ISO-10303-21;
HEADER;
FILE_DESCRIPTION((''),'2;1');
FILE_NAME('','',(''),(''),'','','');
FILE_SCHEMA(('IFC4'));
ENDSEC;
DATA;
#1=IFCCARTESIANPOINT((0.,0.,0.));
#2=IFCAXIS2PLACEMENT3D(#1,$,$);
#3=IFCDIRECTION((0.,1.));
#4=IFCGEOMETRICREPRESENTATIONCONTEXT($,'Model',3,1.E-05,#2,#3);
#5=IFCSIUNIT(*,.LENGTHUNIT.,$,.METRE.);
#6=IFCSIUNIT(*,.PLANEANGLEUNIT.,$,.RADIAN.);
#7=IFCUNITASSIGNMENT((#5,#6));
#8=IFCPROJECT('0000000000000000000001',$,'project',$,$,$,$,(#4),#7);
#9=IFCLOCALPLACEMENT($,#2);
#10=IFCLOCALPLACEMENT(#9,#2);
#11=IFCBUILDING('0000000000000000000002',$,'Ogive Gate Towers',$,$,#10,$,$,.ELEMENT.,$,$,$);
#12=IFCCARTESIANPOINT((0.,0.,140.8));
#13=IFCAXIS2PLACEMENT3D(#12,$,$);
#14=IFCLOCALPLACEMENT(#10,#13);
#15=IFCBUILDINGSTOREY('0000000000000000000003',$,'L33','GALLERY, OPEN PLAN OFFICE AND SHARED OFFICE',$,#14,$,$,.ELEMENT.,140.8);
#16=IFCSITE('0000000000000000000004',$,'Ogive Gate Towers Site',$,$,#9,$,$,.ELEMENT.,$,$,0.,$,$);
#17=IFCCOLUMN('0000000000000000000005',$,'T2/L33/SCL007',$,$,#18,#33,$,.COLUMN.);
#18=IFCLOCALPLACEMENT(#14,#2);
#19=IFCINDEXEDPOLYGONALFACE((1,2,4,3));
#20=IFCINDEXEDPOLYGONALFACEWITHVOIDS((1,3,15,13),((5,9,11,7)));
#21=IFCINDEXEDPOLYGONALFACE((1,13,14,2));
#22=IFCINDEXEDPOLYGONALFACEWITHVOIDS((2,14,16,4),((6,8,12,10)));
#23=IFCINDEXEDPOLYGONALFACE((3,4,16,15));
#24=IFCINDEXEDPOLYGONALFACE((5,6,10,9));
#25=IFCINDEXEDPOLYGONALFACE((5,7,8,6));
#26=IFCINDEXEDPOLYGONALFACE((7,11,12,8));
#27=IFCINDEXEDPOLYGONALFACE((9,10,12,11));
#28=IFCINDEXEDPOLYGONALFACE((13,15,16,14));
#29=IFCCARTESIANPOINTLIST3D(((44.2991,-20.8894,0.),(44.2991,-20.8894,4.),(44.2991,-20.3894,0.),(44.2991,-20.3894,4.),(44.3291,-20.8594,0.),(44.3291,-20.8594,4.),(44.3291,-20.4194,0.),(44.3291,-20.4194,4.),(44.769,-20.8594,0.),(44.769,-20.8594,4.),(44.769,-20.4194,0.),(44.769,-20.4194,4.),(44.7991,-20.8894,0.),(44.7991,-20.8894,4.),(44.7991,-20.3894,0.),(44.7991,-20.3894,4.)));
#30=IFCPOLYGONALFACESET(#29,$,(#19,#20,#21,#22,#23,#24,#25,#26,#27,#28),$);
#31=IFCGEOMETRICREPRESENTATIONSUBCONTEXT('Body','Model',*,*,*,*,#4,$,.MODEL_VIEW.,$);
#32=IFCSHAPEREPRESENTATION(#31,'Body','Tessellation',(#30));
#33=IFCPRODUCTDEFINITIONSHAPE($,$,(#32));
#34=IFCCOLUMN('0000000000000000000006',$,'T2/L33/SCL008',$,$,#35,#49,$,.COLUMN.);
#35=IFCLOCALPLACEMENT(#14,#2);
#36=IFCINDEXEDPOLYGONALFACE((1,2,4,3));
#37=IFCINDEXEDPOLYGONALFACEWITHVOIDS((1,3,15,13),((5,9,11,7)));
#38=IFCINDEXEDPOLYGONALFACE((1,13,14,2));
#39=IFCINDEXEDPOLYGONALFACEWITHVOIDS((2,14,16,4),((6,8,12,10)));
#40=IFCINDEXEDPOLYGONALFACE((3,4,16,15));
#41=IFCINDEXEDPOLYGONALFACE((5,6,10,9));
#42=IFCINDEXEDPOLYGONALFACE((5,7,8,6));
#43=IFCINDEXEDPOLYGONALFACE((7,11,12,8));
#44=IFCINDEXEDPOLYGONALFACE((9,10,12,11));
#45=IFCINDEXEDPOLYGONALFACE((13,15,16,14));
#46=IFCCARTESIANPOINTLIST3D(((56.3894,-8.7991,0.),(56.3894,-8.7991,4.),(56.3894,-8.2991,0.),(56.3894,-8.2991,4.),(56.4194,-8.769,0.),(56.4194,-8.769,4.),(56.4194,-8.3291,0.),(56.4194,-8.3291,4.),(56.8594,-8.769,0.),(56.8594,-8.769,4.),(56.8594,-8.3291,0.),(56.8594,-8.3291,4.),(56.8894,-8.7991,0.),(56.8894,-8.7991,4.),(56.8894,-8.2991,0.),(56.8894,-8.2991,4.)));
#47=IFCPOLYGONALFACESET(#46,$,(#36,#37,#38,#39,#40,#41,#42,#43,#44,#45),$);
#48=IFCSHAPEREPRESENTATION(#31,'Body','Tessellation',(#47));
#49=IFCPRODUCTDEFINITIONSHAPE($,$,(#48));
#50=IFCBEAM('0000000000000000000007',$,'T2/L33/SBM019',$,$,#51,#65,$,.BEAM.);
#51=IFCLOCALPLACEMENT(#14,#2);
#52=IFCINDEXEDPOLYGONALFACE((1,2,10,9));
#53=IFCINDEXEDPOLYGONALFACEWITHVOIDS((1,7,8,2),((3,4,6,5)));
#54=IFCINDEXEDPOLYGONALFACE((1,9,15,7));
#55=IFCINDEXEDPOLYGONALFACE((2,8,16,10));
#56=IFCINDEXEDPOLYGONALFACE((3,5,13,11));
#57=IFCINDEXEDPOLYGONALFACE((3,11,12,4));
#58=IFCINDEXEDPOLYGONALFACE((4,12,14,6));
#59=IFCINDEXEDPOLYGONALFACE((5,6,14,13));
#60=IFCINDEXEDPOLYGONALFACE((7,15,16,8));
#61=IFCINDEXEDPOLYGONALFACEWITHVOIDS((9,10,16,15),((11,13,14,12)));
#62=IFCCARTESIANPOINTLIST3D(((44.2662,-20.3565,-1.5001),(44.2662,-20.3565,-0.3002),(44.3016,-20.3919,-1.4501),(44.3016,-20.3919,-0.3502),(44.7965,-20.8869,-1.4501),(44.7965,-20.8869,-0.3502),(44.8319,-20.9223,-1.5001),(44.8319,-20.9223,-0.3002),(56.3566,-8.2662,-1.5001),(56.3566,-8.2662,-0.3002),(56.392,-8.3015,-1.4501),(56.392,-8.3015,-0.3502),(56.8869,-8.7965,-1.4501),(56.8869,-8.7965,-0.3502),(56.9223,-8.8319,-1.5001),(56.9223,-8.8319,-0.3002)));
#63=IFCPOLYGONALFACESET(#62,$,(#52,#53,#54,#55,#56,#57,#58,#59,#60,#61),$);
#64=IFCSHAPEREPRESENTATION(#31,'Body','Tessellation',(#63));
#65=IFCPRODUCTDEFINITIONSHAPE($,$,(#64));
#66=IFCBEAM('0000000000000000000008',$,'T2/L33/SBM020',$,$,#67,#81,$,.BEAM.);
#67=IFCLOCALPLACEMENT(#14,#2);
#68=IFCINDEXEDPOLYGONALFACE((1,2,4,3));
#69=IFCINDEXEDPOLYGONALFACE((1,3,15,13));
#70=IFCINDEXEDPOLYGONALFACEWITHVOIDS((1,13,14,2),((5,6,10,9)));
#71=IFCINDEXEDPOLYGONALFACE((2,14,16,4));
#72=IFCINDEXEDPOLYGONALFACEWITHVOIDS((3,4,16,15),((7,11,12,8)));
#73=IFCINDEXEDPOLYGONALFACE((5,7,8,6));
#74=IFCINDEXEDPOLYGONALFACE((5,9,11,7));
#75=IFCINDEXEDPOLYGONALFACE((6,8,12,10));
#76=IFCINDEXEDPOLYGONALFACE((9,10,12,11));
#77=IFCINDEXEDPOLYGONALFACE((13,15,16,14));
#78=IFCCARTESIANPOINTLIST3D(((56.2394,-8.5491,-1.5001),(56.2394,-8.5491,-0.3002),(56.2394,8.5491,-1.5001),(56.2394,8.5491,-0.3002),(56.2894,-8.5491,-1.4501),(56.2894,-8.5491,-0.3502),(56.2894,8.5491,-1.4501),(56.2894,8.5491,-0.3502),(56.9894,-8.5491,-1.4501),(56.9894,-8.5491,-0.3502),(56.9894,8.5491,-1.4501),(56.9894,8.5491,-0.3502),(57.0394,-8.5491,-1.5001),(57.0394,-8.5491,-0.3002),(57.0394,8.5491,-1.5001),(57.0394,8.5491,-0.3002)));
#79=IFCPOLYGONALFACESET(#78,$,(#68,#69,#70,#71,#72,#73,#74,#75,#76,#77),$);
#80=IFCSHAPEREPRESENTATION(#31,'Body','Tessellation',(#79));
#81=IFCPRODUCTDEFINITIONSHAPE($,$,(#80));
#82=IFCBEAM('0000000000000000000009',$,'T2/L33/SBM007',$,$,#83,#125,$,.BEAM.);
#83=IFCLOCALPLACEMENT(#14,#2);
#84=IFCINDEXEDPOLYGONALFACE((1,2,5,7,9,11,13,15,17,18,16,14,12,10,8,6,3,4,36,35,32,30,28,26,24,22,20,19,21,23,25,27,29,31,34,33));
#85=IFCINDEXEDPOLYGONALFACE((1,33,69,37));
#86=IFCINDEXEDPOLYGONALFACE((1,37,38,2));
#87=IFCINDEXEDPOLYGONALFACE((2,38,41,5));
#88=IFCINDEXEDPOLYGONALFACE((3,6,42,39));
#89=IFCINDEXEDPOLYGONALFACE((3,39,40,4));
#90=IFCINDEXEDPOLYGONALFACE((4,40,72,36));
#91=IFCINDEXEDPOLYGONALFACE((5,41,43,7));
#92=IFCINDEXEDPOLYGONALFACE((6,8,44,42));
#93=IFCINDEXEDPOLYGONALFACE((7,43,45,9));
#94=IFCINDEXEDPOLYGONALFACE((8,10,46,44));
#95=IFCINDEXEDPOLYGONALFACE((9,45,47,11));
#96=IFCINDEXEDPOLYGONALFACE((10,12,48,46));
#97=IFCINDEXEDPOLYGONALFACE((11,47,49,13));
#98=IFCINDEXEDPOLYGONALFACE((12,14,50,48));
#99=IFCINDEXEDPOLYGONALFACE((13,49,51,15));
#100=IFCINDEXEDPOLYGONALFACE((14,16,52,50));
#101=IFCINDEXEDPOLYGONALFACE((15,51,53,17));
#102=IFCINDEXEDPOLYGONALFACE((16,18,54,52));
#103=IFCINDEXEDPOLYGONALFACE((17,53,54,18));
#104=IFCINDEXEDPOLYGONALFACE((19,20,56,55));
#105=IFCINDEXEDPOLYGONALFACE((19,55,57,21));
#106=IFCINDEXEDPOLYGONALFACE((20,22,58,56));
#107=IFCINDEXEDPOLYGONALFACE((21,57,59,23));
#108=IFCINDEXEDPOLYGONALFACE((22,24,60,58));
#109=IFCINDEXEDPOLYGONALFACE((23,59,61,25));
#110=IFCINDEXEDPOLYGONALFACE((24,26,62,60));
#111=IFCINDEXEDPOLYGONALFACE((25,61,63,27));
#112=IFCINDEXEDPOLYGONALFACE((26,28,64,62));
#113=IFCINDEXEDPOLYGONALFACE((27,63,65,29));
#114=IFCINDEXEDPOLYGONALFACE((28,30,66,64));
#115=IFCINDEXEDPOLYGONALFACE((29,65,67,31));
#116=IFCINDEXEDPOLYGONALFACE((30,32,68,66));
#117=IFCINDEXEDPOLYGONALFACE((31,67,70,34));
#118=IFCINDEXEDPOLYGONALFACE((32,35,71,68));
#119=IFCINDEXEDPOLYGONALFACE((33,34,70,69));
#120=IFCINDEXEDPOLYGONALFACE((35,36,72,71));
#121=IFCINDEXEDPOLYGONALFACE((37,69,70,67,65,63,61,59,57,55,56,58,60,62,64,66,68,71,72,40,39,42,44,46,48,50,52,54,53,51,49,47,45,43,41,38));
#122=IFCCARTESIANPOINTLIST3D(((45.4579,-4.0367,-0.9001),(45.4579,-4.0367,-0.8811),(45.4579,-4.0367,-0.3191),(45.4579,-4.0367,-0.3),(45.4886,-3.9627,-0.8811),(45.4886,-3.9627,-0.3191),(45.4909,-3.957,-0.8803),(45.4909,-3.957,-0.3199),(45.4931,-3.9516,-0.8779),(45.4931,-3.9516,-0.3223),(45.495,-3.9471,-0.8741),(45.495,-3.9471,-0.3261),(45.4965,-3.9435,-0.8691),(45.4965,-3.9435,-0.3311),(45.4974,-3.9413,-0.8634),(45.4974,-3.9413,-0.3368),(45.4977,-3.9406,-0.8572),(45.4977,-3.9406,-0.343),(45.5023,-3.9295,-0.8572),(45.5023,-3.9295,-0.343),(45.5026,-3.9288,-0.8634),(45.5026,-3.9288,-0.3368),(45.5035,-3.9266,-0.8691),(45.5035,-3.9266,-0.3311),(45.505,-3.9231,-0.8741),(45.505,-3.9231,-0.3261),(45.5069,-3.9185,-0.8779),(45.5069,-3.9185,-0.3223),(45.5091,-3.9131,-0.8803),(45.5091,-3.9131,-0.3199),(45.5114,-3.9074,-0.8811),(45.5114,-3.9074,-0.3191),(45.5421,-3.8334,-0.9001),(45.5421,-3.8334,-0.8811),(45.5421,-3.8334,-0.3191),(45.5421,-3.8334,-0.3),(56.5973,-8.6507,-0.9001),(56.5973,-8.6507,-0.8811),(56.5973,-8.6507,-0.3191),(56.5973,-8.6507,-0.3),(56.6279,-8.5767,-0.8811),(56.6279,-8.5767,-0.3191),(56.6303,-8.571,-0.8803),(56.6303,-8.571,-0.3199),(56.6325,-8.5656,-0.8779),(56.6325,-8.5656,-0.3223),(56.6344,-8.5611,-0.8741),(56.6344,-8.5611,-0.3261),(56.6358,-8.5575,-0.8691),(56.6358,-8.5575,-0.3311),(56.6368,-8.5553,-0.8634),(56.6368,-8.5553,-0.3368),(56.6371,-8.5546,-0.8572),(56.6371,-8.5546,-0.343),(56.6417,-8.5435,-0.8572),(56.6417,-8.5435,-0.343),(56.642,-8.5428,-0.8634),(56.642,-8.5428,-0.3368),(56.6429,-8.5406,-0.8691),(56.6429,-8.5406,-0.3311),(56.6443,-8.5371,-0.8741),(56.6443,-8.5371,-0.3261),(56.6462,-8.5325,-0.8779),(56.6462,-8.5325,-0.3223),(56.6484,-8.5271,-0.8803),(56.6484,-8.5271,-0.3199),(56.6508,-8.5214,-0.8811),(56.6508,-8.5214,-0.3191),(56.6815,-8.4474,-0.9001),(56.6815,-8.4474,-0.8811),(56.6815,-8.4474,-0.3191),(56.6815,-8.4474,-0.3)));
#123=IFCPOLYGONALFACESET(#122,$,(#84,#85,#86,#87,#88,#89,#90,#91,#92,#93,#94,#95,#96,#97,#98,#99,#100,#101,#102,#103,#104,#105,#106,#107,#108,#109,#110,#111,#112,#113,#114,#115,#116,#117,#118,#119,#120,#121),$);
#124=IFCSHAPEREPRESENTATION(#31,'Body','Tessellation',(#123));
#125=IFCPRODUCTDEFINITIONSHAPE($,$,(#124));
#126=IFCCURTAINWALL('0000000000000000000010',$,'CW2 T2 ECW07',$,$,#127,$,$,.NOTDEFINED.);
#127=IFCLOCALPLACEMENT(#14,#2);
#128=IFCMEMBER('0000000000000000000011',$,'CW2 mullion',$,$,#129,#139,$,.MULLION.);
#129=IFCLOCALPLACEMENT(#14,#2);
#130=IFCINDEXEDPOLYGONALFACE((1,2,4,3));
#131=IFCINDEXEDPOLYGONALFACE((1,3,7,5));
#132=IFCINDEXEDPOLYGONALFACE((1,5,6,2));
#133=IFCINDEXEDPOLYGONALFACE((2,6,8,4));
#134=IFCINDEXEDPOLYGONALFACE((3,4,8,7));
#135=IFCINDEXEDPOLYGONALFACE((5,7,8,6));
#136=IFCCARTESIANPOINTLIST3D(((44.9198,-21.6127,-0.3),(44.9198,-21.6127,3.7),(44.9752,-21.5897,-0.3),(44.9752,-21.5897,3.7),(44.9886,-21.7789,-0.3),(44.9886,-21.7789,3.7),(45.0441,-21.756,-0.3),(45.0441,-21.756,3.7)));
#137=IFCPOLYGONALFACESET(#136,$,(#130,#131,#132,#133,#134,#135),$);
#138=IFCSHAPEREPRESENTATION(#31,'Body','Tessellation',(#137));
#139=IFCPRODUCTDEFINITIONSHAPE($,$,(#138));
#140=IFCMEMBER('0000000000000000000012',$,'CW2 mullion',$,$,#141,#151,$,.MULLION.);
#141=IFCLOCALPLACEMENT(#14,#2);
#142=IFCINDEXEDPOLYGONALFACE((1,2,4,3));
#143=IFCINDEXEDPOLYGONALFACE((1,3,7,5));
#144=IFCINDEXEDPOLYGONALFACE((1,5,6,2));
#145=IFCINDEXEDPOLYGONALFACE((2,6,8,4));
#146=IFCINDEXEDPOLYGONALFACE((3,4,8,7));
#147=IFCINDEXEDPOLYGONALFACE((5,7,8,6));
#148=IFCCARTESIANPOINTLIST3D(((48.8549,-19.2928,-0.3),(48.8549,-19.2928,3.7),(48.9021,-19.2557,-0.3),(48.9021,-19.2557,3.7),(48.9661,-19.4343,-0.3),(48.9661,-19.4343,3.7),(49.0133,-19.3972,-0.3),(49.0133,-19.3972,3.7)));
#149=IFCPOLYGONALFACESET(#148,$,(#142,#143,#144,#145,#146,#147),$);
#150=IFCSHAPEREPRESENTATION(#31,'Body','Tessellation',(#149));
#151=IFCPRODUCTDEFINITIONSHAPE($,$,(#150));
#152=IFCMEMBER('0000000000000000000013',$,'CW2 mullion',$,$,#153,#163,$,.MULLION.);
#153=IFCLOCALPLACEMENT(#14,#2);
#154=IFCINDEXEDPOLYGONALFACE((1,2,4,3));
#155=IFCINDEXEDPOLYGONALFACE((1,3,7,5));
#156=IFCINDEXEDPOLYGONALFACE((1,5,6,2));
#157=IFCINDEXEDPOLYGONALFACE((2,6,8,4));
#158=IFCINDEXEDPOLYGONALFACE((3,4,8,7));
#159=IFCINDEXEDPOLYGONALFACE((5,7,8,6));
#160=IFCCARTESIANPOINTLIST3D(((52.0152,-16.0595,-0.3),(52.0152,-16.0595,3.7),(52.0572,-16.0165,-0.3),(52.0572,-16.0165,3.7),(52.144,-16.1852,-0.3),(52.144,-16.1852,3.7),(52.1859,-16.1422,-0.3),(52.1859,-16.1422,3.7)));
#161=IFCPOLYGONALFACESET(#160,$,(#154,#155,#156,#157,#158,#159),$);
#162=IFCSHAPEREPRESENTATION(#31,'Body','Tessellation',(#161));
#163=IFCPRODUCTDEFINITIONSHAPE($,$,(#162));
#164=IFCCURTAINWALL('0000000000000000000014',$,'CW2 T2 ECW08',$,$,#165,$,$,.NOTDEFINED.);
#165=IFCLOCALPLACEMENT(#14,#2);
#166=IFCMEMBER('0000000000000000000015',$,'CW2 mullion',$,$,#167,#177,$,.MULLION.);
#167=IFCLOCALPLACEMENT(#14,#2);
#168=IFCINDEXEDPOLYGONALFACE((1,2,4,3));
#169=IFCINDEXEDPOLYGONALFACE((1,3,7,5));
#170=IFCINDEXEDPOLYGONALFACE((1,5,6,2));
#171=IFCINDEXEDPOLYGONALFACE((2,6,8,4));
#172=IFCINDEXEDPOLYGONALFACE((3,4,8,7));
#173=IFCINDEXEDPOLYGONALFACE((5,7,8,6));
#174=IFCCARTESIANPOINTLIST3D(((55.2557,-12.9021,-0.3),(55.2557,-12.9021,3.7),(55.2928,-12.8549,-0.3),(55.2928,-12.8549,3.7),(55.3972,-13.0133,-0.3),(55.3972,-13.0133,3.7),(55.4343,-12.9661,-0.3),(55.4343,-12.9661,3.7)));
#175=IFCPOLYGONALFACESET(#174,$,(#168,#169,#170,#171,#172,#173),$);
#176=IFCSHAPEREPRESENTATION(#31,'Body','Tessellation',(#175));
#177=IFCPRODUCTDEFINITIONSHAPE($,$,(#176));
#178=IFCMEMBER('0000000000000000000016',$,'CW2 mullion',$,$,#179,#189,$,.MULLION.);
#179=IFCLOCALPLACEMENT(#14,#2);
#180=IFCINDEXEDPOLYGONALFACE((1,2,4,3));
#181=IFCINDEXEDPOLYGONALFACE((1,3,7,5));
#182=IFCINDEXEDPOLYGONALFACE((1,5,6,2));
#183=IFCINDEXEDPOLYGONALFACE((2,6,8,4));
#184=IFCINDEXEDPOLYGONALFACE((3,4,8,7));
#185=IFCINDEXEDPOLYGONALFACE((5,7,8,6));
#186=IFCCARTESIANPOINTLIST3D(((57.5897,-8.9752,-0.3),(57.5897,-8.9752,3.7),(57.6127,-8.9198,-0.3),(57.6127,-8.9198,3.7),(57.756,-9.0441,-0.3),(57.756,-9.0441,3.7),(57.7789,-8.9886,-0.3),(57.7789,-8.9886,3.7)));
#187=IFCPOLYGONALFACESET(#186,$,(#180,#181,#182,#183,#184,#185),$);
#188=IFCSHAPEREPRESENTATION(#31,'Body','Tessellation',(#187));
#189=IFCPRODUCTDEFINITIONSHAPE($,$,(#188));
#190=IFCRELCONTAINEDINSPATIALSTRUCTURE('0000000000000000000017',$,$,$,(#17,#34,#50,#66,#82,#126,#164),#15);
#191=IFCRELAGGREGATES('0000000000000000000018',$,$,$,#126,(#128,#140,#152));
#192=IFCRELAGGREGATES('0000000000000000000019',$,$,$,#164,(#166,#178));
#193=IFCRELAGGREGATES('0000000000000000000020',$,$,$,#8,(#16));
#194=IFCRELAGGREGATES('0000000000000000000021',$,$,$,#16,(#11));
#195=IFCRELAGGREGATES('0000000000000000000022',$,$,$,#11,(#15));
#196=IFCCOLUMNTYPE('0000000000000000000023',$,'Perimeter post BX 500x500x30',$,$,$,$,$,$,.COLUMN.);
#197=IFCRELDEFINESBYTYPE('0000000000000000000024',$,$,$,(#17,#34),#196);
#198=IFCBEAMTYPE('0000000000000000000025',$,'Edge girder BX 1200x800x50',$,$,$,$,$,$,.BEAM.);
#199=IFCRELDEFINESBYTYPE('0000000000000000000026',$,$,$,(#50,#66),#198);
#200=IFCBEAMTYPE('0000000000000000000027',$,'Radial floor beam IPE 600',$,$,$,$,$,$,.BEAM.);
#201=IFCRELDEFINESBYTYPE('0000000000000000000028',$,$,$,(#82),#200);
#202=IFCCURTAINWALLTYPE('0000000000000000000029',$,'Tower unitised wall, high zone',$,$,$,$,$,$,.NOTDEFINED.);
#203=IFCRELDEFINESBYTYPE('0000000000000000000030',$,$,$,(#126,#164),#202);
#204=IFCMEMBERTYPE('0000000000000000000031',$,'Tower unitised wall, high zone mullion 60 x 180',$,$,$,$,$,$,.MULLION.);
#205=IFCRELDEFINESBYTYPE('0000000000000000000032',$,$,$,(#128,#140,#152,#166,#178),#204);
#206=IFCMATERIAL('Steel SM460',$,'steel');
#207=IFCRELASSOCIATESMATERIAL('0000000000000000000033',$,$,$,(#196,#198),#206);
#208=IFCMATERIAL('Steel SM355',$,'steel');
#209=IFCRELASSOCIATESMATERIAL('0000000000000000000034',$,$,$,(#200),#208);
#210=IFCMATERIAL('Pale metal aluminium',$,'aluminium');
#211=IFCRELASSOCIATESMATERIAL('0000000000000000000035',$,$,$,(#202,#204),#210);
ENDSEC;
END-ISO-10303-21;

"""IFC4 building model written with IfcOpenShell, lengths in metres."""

from ifc_helpers import new_model, si_unit, direction, frame, origin, origin_2d, place, context, subcontext, project, spatial, rectangle, hollow_rectangle, i_section, extrude, material, material_profile, profile_set, type_object, element, aggregate, save


model = new_model("IFC4")

# Units and contexts
model_context = context("Model", 3, precision=1e-05, world=origin(), true_north=direction((0.0, 1.0)))
body_context = subcontext(model_context, "Body", "Model", "MODEL_VIEW")
ifc_project = project(units=[si_unit("LENGTHUNIT", "METRE"), si_unit("PLANEANGLEUNIT", "RADIAN")], contexts=[model_context])

# Site, building, storey
site_placement = place(None, origin())
site = spatial("IfcSite", under=ifc_project, at=site_placement, Name="Ogive Gate Towers Site", CompositionType="ELEMENT", RefElevation=0.0)
building_placement = place(site_placement, origin())
building = spatial("IfcBuilding", under=site, at=building_placement, Name="Ogive Gate Towers", CompositionType="ELEMENT")
storey_placement = place(building_placement, frame((0.0, 0.0, 140.8)))
storey = spatial("IfcBuildingStorey", under=building, at=storey_placement, Name="L33", Description="GALLERY, OPEN PLAN OFFICE AND SHARED OFFICE", CompositionType="ELEMENT", Elevation=140.8)

# Columns
ifc_material_1 = material(Name="Steel SM460", Category="steel")
ifc_material_profile_1 = material_profile(ifc_material_1, hollow_rectangle(XDim=0.5, YDim=0.5, WallThickness=0.03, at=origin_2d()), Name="BX 500x500x30")
ifc_profile_set_1 = profile_set([ifc_material_profile_1], Name="Steel SM460")
column_type = type_object("IfcColumnType", Name="Perimeter post BX 500x500x30", PredefinedType="COLUMN", material=ifc_profile_set_1)
for number, where, z_axis, x_axis, name in (
    (1, (44.5491, -20.6394, 0.0), (0.0, 0.0, 1.0), (1.0, 0.0, 0.0), "T2/L33/SCL007"),
    (2, (56.6394, -8.5491, 0.0), (0.0, 0.0, 1.0), (1.0, 0.0, 0.0), "T2/L33/SCL008"),
):
    element("IfcColumn", number, at=place(storey_placement, frame(where, z_axis=z_axis, x_axis=x_axis)), inside=storey, type_object=column_type, Name=name, PredefinedType="COLUMN", context=body_context, shape_type="SweptSolid", body=[
        extrude(hollow_rectangle(XDim=0.5, YDim=0.5, WallThickness=0.03, at=origin_2d()), origin(), (0.0, 0.0, 1.0), 4.0),
    ])

# Beams
ifc_material_profile_2 = material_profile(ifc_material_1, hollow_rectangle(XDim=0.8, YDim=1.2, WallThickness=0.05, at=origin_2d()), Name="BX 1200x800x50")
ifc_profile_set_2 = profile_set([ifc_material_profile_2], Name="Steel SM460")
beam_type_1 = type_object("IfcBeamType", Name="Edge girder BX 1200x800x50", PredefinedType="BEAM", material=ifc_profile_set_2)
beam_1_placement = place(storey_placement, frame((44.5491, -20.6394, -0.9001), z_axis=(0.707107, 0.707107, 0.0), x_axis=(-0.707107, 0.707107, 0.0)))
element("IfcBeam", 3, at=beam_1_placement, inside=storey, type_object=beam_type_1, Name="T2/L33/SBM019", PredefinedType="BEAM", context=body_context, shape_type="SweptSolid", body=[
    extrude(hollow_rectangle(XDim=0.8, YDim=1.2, WallThickness=0.05, at=origin_2d()), origin(), (0.0, 0.0, 1.0), 17.0984),
])
beam_2_placement = place(storey_placement, frame((56.6394, -8.5491, -0.9001), z_axis=(0.0, 1.0, 0.0), x_axis=(-1.0, 0.0, 0.0)))
element("IfcBeam", 4, at=beam_2_placement, inside=storey, type_object=beam_type_1, Name="T2/L33/SBM020", PredefinedType="BEAM", context=body_context, shape_type="SweptSolid", body=[
    extrude(hollow_rectangle(XDim=0.8, YDim=1.2, WallThickness=0.05, at=origin_2d()), origin(), (0.0, 0.0, 1.0), 17.0981),
])
ifc_material_2 = material(Name="Steel SM355", Category="steel")
ifc_material_profile_3 = material_profile(ifc_material_2, i_section(OverallWidth=0.22, OverallDepth=0.6001, WebThickness=0.012, FlangeThickness=0.019, FilletRadius=0.0239, at=origin_2d()), Name="IPE 600")
ifc_profile_set_3 = profile_set([ifc_material_profile_3], Name="Steel SM355")
beam_type_2 = type_object("IfcBeamType", Name="Radial floor beam IPE 600", PredefinedType="BEAM", material=ifc_profile_set_3)
beam_3_placement = place(storey_placement, frame((45.5, -3.9351, -0.6001), z_axis=(0.923882, -0.382678, 0.0), x_axis=(0.382678, 0.923882, 0.0)))
element("IfcBeam", 5, at=beam_3_placement, inside=storey, type_object=beam_type_2, Name="T2/L33/SBM007", PredefinedType="BEAM", context=body_context, shape_type="SweptSolid", body=[
    extrude(i_section(OverallWidth=0.22, OverallDepth=0.6001, WebThickness=0.012, FlangeThickness=0.019, FilletRadius=0.0239, at=origin_2d()), origin(), (0.0, 0.0, 1.0), 12.0571),
])

# Curtain walls, members
ifc_material_3 = material(Name="Pale metal aluminium", Category="aluminium")
curtain_wall_type = type_object("IfcCurtainWallType", Name="Tower unitised wall, high zone", PredefinedType="NOTDEFINED", material=ifc_material_3)
curtain_wall_1_placement = place(storey_placement, origin())
curtain_wall_1 = element("IfcCurtainWall", 6, at=curtain_wall_1_placement, inside=storey, type_object=curtain_wall_type, Name="CW2 T2 ECW07", PredefinedType="NOTDEFINED")
ifc_material_profile_4 = material_profile(ifc_material_3, rectangle(XDim=0.1799, YDim=0.0601, at=origin_2d()), Name="60 x 180 aluminium box")
ifc_profile_set_4 = profile_set([ifc_material_profile_4], Name="Pale metal aluminium")
member_type_1 = type_object("IfcMemberType", Name="Tower unitised wall, high zone mullion 60 x 180", PredefinedType="MULLION", material=ifc_profile_set_4)
member_1_placement = place(storey_placement, frame((44.9819, -21.6843, -0.3), z_axis=(0.0, 0.0, 1.0), x_axis=(0.382683, -0.92388, 0.0)))
member_1 = element("IfcMember", 7, at=member_1_placement, type_object=member_type_1, Name="CW2 mullion", PredefinedType="MULLION", context=body_context, shape_type="SweptSolid", body=[
    extrude(rectangle(XDim=0.1799, YDim=0.0601, at=origin_2d()), origin(), (0.0, 0.0, 1.0), 4.0),
])
member_2_placement = place(storey_placement, frame((48.9341, -19.345, -0.3), z_axis=(0.0, 0.0, 1.0), x_axis=(0.617818, -0.786321, 0.0)))
member_2 = element("IfcMember", 8, at=member_2_placement, type_object=member_type_1, Name="CW2 mullion", PredefinedType="MULLION", context=body_context, shape_type="SweptSolid", body=[
    extrude(rectangle(XDim=0.1799, YDim=0.0601, at=origin_2d()), origin(), (0.0, 0.0, 1.0), 4.0),
])
member_3_placement = place(storey_placement, frame((52.1006, -16.1008, -0.3), z_axis=(0.0, 0.0, 1.0), x_axis=(0.715595, -0.698515, 0.0)))
member_3 = element("IfcMember", 9, at=member_3_placement, type_object=member_type_1, Name="CW2 mullion", PredefinedType="MULLION", context=body_context, shape_type="SweptSolid", body=[
    extrude(rectangle(XDim=0.1799, YDim=0.0601, at=origin_2d()), origin(), (0.0, 0.0, 1.0), 4.0),
])
curtain_wall_2_placement = place(storey_placement, origin())
curtain_wall_2 = element("IfcCurtainWall", 10, at=curtain_wall_2_placement, inside=storey, type_object=curtain_wall_type, Name="CW2 T2 ECW08", PredefinedType="NOTDEFINED")
member_4_placement = place(storey_placement, frame((55.345, -12.9341, -0.3), z_axis=(0.0, 0.0, 1.0), x_axis=(0.786321, -0.617818, 0.0)))
member_4 = element("IfcMember", 11, at=member_4_placement, type_object=member_type_1, Name="CW2 mullion", PredefinedType="MULLION", context=body_context, shape_type="SweptSolid", body=[
    extrude(rectangle(XDim=0.1799, YDim=0.0601, at=origin_2d()), origin(), (0.0, 0.0, 1.0), 4.0),
])
member_5_placement = place(storey_placement, frame((57.6843, -8.9819, -0.3), z_axis=(0.0, 0.0, 1.0), x_axis=(0.92388, -0.382683, 0.0)))
member_5 = element("IfcMember", 12, at=member_5_placement, type_object=member_type_1, Name="CW2 mullion", PredefinedType="MULLION", context=body_context, shape_type="SweptSolid", body=[
    extrude(rectangle(XDim=0.1799, YDim=0.0601, at=origin_2d()), origin(), (0.0, 0.0, 1.0), 4.0),
])

aggregate(curtain_wall_1, [member_1, member_2, member_3])
aggregate(curtain_wall_2, [member_4, member_5])

save(model, "model.ifc")
